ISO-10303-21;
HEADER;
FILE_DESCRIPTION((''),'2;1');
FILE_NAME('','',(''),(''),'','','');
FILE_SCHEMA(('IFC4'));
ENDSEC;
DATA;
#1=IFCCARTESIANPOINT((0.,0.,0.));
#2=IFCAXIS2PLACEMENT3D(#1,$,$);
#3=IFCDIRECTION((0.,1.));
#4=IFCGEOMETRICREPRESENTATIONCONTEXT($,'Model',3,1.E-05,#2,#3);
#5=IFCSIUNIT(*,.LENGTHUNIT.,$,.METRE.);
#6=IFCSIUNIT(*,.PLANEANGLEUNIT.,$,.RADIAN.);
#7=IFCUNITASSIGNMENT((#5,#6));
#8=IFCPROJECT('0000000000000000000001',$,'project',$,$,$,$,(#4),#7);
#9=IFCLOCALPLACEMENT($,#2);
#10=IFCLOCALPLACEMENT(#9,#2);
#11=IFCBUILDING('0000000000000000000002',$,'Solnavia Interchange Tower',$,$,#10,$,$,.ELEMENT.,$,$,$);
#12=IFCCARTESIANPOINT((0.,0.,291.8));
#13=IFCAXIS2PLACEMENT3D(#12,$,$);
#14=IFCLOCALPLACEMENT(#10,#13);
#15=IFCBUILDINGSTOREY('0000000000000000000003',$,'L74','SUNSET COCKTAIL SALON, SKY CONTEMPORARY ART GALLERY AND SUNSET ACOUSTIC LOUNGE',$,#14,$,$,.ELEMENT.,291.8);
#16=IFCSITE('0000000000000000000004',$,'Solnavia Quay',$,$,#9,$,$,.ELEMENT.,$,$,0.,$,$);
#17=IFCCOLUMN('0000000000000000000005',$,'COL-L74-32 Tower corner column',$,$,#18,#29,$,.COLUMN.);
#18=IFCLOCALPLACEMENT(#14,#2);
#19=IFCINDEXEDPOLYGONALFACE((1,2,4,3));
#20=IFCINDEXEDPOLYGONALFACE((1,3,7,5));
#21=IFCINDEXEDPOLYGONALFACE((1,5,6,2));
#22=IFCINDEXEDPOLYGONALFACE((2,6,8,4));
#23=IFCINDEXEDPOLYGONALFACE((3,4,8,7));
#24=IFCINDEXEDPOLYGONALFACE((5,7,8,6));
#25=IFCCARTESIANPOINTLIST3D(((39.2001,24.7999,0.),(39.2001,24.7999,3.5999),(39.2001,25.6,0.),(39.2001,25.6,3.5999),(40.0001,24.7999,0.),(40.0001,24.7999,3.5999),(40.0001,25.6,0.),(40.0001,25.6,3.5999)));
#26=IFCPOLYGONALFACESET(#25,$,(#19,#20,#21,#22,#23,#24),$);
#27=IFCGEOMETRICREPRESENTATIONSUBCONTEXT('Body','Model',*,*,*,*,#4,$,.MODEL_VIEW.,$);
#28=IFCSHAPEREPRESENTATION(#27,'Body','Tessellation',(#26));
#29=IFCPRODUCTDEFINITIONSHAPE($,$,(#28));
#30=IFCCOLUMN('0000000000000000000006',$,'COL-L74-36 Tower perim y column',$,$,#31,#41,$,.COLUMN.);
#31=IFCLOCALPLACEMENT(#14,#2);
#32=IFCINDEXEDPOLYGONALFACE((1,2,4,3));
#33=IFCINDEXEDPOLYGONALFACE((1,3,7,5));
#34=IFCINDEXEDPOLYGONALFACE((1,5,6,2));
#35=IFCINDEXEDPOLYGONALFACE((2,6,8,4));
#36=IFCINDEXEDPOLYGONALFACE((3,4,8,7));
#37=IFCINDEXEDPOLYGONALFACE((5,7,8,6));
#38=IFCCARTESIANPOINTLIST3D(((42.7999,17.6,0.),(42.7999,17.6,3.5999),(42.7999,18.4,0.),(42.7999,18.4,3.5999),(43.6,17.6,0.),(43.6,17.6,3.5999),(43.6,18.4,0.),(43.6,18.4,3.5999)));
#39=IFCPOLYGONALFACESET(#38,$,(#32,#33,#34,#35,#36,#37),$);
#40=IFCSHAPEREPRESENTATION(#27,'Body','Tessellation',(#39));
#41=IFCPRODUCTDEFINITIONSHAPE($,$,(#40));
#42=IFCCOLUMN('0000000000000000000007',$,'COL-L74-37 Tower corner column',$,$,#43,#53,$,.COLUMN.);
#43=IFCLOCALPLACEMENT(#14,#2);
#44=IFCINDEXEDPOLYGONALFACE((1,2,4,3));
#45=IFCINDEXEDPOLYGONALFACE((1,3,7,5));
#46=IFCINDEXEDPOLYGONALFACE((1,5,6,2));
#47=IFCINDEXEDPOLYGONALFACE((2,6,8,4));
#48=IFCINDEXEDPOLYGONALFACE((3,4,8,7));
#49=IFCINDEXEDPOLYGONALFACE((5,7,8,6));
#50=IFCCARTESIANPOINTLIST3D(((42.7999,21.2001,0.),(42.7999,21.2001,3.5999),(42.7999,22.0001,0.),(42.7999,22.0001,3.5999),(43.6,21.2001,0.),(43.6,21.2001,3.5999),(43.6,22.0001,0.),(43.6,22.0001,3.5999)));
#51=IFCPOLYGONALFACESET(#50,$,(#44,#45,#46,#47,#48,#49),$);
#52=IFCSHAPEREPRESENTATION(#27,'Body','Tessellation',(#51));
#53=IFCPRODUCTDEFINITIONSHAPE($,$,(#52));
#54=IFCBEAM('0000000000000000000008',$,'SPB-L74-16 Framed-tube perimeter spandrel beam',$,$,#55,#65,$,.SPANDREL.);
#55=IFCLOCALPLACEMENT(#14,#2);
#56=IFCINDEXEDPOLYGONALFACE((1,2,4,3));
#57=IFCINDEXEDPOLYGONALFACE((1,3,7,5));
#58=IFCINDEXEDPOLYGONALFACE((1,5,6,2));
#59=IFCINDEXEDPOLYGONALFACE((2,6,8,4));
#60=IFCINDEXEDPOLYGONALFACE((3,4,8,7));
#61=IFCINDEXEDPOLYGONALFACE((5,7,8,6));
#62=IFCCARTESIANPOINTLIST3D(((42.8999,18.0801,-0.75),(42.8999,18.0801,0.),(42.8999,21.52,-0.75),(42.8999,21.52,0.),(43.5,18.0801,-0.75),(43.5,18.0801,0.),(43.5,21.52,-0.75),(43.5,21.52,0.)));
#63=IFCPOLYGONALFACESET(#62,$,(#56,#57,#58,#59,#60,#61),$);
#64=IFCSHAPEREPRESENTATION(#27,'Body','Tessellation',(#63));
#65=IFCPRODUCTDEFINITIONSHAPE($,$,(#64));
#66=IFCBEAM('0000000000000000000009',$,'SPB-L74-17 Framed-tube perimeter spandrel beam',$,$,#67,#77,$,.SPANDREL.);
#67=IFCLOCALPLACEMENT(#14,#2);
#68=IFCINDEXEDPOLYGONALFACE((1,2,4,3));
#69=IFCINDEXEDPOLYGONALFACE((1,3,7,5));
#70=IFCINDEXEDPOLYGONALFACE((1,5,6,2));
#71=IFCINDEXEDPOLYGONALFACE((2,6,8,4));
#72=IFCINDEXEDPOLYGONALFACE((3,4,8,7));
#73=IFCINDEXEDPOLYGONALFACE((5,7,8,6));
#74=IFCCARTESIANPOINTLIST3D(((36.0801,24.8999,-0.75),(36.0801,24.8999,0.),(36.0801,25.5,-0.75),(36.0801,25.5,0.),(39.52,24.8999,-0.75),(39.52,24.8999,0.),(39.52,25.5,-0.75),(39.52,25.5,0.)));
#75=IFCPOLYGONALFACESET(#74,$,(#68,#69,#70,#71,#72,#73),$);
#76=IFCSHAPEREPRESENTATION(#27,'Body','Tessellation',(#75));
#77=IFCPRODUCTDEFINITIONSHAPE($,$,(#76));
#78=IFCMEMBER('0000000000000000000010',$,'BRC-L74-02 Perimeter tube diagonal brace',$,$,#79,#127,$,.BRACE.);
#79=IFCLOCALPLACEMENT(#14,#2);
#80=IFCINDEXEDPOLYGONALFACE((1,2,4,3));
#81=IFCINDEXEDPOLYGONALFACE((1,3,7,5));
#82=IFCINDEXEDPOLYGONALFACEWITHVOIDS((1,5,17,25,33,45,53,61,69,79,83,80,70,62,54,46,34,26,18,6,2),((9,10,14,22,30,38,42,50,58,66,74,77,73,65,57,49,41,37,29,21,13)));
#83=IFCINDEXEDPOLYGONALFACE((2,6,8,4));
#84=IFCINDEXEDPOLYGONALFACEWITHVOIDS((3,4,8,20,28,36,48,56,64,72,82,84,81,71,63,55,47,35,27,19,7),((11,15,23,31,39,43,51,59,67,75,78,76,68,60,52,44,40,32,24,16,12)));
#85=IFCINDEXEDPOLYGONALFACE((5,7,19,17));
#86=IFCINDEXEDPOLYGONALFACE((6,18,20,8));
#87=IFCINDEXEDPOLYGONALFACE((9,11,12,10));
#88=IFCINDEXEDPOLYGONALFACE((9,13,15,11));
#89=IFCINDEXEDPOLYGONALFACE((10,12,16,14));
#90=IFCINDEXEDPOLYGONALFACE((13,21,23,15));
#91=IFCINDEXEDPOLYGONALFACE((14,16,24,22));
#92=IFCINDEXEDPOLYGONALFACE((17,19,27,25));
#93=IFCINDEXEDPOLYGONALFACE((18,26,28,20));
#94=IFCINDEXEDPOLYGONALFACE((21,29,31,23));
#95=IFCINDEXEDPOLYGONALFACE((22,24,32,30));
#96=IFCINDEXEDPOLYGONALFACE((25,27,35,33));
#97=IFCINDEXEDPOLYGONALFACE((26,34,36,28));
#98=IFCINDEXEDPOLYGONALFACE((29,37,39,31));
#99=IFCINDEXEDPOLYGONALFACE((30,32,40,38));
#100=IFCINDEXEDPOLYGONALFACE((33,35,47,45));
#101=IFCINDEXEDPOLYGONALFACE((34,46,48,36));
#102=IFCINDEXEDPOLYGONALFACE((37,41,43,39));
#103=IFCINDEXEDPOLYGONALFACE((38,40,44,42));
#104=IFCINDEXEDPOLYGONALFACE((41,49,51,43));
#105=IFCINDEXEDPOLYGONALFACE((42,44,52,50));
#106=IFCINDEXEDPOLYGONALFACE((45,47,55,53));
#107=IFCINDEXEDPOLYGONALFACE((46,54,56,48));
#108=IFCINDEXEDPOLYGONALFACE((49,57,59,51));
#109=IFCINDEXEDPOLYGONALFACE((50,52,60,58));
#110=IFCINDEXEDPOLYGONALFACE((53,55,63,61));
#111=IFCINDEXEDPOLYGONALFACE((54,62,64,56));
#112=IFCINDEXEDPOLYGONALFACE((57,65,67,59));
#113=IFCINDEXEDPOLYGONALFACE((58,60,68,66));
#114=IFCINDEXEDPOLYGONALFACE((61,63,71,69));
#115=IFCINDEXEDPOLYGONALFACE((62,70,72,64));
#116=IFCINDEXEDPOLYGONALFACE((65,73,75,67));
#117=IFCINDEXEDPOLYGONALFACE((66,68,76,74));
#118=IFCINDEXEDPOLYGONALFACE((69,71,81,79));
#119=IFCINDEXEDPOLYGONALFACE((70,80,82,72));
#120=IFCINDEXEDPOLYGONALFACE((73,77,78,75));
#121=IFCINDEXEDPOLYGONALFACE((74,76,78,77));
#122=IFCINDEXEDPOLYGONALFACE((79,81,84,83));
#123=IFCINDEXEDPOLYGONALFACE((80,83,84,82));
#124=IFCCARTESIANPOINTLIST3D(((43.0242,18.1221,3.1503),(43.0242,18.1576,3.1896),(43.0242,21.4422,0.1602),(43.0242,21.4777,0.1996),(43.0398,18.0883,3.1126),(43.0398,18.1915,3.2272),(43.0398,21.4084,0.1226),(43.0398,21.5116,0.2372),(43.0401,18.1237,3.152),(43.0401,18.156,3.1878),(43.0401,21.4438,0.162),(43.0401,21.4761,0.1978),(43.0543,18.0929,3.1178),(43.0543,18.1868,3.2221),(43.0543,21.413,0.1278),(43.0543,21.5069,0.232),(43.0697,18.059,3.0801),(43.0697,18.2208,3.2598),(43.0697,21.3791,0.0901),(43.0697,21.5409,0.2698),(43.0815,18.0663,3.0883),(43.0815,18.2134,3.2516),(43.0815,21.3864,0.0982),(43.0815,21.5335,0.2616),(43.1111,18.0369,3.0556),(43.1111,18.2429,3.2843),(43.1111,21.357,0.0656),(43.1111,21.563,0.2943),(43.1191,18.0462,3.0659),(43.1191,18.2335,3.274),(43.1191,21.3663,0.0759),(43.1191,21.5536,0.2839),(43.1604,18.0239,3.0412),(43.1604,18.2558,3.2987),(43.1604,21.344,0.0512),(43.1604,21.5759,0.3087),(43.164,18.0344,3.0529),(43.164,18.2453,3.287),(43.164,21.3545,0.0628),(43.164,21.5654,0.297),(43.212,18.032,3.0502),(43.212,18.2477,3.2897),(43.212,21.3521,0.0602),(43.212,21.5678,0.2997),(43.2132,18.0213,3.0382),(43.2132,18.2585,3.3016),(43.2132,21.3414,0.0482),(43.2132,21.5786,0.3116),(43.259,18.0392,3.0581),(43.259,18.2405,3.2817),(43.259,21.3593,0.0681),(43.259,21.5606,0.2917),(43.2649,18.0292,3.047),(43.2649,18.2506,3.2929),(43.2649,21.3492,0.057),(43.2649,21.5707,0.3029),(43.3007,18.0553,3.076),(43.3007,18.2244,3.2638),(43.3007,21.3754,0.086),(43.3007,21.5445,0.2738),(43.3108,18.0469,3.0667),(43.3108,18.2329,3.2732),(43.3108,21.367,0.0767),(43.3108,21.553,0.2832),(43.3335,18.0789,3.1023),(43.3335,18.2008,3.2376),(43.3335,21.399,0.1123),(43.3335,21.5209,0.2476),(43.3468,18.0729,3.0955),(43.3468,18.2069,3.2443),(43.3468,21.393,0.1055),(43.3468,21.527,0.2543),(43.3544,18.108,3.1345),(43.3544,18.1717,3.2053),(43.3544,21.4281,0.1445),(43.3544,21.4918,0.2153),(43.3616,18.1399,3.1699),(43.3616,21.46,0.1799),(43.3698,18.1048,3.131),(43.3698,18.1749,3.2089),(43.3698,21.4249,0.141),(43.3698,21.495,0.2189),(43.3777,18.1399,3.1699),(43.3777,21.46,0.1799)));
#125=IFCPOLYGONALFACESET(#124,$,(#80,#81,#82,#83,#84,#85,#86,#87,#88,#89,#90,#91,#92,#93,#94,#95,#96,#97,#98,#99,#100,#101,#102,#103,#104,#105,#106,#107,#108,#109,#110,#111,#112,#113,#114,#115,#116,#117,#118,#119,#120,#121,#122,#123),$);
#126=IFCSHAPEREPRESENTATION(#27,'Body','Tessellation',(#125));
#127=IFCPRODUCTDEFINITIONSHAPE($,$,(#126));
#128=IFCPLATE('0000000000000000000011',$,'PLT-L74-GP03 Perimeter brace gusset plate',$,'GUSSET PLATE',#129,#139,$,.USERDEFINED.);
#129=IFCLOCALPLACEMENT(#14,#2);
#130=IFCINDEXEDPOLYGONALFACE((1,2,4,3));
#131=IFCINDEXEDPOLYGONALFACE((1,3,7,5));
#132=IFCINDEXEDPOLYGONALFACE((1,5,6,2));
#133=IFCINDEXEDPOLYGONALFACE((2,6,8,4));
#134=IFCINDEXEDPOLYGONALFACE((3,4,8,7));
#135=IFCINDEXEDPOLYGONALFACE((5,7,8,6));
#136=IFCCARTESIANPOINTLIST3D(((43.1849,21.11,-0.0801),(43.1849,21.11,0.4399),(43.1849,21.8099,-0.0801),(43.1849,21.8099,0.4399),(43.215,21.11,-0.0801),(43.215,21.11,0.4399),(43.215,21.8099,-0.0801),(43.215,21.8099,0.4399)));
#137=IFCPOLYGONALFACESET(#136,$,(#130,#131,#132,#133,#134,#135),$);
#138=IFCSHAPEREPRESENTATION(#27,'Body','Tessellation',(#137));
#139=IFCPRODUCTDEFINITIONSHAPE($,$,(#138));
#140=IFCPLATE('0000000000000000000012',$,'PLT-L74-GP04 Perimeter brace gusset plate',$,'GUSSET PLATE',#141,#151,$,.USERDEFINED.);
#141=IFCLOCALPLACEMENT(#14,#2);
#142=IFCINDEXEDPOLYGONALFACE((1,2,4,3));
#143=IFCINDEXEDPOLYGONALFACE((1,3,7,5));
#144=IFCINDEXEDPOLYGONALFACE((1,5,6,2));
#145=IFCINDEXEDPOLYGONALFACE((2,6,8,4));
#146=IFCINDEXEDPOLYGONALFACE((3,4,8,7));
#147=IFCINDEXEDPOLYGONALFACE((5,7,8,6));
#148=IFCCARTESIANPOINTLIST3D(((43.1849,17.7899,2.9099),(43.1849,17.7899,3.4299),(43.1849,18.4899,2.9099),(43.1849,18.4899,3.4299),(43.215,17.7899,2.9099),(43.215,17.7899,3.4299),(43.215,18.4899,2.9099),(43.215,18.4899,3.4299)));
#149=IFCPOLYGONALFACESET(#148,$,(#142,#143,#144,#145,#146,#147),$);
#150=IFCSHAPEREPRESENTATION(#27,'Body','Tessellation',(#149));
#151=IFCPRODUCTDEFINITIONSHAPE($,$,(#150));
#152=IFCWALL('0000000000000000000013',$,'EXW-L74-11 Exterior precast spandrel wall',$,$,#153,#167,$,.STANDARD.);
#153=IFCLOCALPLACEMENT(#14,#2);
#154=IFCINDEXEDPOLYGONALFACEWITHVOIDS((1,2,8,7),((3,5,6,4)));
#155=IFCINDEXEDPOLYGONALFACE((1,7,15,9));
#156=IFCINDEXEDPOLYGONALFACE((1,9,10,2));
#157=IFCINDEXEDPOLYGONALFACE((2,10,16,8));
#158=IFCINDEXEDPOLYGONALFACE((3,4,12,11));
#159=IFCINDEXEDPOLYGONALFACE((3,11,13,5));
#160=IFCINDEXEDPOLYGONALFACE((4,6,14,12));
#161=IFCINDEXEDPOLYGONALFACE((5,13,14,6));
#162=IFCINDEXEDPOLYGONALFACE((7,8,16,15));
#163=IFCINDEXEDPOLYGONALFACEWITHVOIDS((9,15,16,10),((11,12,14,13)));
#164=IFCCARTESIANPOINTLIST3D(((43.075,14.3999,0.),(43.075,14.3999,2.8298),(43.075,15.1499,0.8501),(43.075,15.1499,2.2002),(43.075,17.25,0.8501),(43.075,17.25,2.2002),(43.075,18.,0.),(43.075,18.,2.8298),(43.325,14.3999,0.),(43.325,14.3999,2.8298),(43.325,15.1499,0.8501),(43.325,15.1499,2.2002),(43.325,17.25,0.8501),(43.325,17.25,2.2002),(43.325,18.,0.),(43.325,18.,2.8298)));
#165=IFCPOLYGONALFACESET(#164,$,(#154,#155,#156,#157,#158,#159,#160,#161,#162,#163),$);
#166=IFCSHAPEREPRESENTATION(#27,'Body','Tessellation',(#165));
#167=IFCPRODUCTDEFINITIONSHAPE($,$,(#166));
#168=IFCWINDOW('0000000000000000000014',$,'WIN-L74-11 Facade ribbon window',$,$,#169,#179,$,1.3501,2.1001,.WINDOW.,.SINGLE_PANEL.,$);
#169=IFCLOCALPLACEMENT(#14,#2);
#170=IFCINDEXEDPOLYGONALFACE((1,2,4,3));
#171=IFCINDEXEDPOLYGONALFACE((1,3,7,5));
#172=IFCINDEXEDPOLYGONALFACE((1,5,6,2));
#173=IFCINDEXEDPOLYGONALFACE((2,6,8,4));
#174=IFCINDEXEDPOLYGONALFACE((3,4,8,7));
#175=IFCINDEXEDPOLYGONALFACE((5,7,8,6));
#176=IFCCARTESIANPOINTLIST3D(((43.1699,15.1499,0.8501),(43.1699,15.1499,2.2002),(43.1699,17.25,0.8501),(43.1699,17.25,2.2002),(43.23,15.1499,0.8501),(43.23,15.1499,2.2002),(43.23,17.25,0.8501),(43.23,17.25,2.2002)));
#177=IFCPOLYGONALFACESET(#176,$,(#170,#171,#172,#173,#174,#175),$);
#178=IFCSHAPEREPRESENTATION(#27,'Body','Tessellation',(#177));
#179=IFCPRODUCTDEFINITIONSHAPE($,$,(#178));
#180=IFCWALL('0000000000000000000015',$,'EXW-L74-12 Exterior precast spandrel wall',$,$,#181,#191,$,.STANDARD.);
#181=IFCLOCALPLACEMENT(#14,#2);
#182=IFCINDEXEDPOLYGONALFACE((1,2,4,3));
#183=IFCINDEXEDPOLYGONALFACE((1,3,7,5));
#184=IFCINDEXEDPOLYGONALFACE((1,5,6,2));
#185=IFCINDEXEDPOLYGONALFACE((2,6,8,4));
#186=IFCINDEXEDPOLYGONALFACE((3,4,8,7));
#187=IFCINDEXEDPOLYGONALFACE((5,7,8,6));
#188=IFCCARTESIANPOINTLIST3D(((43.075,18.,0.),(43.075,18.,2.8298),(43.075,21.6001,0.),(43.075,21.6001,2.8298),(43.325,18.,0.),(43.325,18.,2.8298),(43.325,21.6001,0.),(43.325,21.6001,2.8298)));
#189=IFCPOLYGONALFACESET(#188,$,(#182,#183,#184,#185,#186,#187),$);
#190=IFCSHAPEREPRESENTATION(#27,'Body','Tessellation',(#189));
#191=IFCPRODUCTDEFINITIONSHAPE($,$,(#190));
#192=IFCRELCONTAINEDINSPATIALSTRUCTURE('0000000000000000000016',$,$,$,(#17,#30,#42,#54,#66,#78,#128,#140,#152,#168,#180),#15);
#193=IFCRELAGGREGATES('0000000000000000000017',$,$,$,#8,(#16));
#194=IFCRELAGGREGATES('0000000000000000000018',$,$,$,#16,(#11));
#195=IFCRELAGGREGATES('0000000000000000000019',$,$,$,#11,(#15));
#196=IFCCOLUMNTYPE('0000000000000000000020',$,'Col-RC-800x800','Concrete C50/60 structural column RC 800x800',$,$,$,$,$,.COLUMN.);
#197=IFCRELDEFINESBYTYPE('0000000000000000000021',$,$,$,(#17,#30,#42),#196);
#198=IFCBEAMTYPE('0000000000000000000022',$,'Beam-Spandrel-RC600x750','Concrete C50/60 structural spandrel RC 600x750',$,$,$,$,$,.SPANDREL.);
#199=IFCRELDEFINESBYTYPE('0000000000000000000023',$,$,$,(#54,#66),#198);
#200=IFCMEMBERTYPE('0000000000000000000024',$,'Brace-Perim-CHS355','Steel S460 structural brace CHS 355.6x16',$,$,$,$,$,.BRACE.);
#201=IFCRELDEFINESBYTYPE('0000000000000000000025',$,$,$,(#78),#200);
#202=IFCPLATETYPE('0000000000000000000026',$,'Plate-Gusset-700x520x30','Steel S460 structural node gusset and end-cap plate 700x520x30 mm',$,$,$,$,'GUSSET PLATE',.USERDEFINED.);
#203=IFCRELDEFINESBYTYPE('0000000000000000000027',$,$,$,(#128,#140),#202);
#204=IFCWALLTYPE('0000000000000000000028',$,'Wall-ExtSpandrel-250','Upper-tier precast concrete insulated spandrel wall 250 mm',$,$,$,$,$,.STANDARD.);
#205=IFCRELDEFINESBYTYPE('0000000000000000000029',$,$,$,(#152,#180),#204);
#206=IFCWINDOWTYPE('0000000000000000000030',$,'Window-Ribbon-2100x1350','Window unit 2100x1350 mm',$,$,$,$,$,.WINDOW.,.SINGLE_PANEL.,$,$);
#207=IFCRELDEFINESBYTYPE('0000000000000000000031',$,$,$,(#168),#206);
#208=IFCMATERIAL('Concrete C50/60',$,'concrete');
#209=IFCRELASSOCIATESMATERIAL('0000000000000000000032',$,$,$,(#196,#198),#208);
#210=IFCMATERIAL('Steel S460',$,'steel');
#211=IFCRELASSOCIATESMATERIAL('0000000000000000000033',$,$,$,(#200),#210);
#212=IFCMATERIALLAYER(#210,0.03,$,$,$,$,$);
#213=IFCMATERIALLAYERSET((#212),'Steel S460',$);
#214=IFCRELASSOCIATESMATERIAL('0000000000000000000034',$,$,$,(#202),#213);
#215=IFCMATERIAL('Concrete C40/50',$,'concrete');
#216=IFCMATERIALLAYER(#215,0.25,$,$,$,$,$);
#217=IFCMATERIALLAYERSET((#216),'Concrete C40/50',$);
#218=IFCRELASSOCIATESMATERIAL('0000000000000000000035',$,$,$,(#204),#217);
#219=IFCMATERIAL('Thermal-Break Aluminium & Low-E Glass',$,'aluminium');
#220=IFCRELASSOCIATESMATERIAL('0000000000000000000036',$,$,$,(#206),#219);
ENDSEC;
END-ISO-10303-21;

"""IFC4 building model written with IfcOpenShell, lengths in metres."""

from ifc_helpers import new_model, si_unit, direction, frame, frame_2d, origin, origin_2d, place, context, subcontext, project, spatial, rectangle, hollow_circle, extrude, material, layer, layer_set, material_profile, profile_set, type_object, element, fill, save


model = new_model("IFC4")

# Units and contexts
model_context = context("Model", 3, precision=1e-05, world=origin(), true_north=direction((0.0, 1.0)))
body_context = subcontext(model_context, "Body", "Model", "MODEL_VIEW")
ifc_project = project(units=[si_unit("LENGTHUNIT", "METRE"), si_unit("PLANEANGLEUNIT", "RADIAN")], contexts=[model_context])

# Site, building, storey
site_placement = place(None, origin())
site = spatial("IfcSite", under=ifc_project, at=site_placement, Name="Solnavia Quay", CompositionType="ELEMENT", RefElevation=0.0)
building_placement = place(site_placement, origin())
building = spatial("IfcBuilding", under=site, at=building_placement, Name="Solnavia Interchange Tower", CompositionType="ELEMENT")
storey_placement = place(building_placement, frame((0.0, 0.0, 291.8)))
storey = spatial("IfcBuildingStorey", under=building, at=storey_placement, Name="L74", Description="SUNSET COCKTAIL SALON, SKY CONTEMPORARY ART GALLERY AND SUNSET ACOUSTIC LOUNGE", CompositionType="ELEMENT", Elevation=291.8)

# Columns
ifc_material_1 = material(Name="Concrete C50/60", Category="concrete")
ifc_material_profile_1 = material_profile(ifc_material_1, rectangle(XDim=0.8, YDim=0.8, at=origin_2d()), Name="RC 800x800")
ifc_profile_set_1 = profile_set([ifc_material_profile_1], Name="Concrete C50/60")
column_type = type_object("IfcColumnType", Name="Col-RC-800x800", Description="Concrete C50/60 structural column RC 800x800", PredefinedType="COLUMN", material=ifc_profile_set_1)
for number, where, z_axis, x_axis, name in (
    (1, (39.6001, 25.2, 0.0), (0.0, 0.0, 1.0), (1.0, 0.0, 0.0), "COL-L74-32 Tower corner column"),
    (2, (43.2, 18.0, 0.0), (0.0, 0.0, 1.0), (0.0, 1.0, 0.0), "COL-L74-36 Tower perim y column"),
    (3, (43.2, 21.6001, 0.0), (0.0, 0.0, 1.0), (0.0, 1.0, 0.0), "COL-L74-37 Tower corner column"),
):
    element("IfcColumn", number, at=place(storey_placement, frame(where, z_axis=z_axis, x_axis=x_axis)), inside=storey, type_object=column_type, Name=name, PredefinedType="COLUMN", context=body_context, shape_type="SweptSolid", body=[
        extrude(rectangle(XDim=0.8, YDim=0.8, at=origin_2d()), origin(), (0.0, 0.0, 1.0), 3.5999),
    ])

# Beams
ifc_material_profile_2 = material_profile(ifc_material_1, rectangle(XDim=0.6001, YDim=0.75, at=origin_2d()), Name="RC 600x750")
ifc_profile_set_2 = profile_set([ifc_material_profile_2], Name="Concrete C50/60")
beam_type = type_object("IfcBeamType", Name="Beam-Spandrel-RC600x750", Description="Concrete C50/60 structural spandrel RC 600x750", PredefinedType="SPANDREL", material=ifc_profile_set_2)
for number, where, z_axis, x_axis, name in (
    (4, (43.2, 18.0801, -0.375), (0.0, 1.0, 0.0), (-1.0, 0.0, 0.0), "SPB-L74-16 Framed-tube perimeter spandrel beam"),
    (5, (39.52, 25.2, -0.375), (-1.0, 0.0, 0.0), (0.0, -1.0, 0.0), "SPB-L74-17 Framed-tube perimeter spandrel beam"),
):
    element("IfcBeam", number, at=place(storey_placement, frame(where, z_axis=z_axis, x_axis=x_axis)), inside=storey, type_object=beam_type, Name=name, PredefinedType="SPANDREL", context=body_context, shape_type="SweptSolid", body=[
        extrude(rectangle(XDim=0.6001, YDim=0.75, at=origin_2d()), origin(), (0.0, 0.0, 1.0), 3.4399),
    ])

# Member
ifc_material_2 = material(Name="Steel S460", Category="steel")
ifc_material_profile_3 = material_profile(ifc_material_2, hollow_circle(Radius=0.1777, WallThickness=0.0161, at=origin_2d()), Name="CHS 355.6x16")
ifc_profile_set_3 = profile_set([ifc_material_profile_3], Name="Steel S460")
member_type = type_object("IfcMemberType", Name="Brace-Perim-CHS355", Description="Steel S460 structural brace CHS 355.6x16", PredefinedType="BRACE", material=ifc_profile_set_3)
member_placement = place(storey_placement, frame((43.2, 21.46, 0.1799), z_axis=(0.0, -0.743079, 0.669203), x_axis=(1.0, 0.0, 0.0)))
element("IfcMember", 6, at=member_placement, inside=storey, type_object=member_type, Name="BRC-L74-02 Perimeter tube diagonal brace", PredefinedType="BRACE", context=body_context, shape_type="SweptSolid", body=[
    extrude(hollow_circle(Radius=0.1777, WallThickness=0.0161, at=origin_2d()), origin(), (0.0, 0.0, 1.0), 4.468),
])

# Plates
ifc_layer_1 = layer(ifc_material_2, 0.03)
ifc_layer_set_1 = layer_set([ifc_layer_1], Name="Steel S460")
plate_type = type_object("IfcPlateType", Name="Plate-Gusset-700x520x30", Description="Steel S460 structural node gusset and end-cap plate 700x520x30 mm", ElementType="GUSSET PLATE", PredefinedType="USERDEFINED", material=ifc_layer_set_1)
for number, where, z_axis, x_axis, name in (
    (7, (43.2, 21.46, -0.0801), (0.0, 0.0, 1.0), (0.0, -1.0, 0.0), "PLT-L74-GP03 Perimeter brace gusset plate"),
    (8, (43.2, 18.1399, 2.9099), (0.0, 0.0, 1.0), (0.0, -1.0, 0.0), "PLT-L74-GP04 Perimeter brace gusset plate"),
):
    element("IfcPlate", number, at=place(storey_placement, frame(where, z_axis=z_axis, x_axis=x_axis)), inside=storey, type_object=plate_type, Name=name, ObjectType="GUSSET PLATE", PredefinedType="USERDEFINED", context=body_context, shape_type="SweptSolid", body=[
        extrude(rectangle(XDim=0.7, YDim=0.03, at=origin_2d()), origin(), (0.0, 0.0, 1.0), 0.52),
    ])

# Wall, opening, window
ifc_material_3 = material(Name="Concrete C40/50", Category="concrete")
ifc_layer_2 = layer(ifc_material_3, 0.25)
ifc_layer_set_2 = layer_set([ifc_layer_2], Name="Concrete C40/50")
wall_type_1 = type_object("IfcWallType", Name="Wall-ExtSpandrel-250", Description="Upper-tier precast concrete insulated spandrel wall 250 mm", PredefinedType="STANDARD", material=ifc_layer_set_2)
wall_1_placement = place(storey_placement, frame((43.2, 18.0, 0.0), z_axis=(0.0, 0.0, 1.0), x_axis=(0.0, -1.0, 0.0)))
wall_1 = element("IfcWall", 9, at=wall_1_placement, inside=storey, type_object=wall_type_1, Name="EXW-L74-11 Exterior precast spandrel wall", PredefinedType="STANDARD", context=body_context, shape_type="SweptSolid", body=[
    extrude(rectangle(XDim=3.6001, YDim=0.25, at=frame_2d((1.8, 0.0))), origin(), (0.0, 0.0, 1.0), 2.8298),
])
opening_1_placement = place(wall_1_placement, frame((0.75, 0.0, 0.8501)))
opening_1 = element("IfcOpeningElement", 10, at=opening_1_placement, cuts=wall_1, PredefinedType="OPENING", context=body_context, shape_type="SweptSolid", body=[
    extrude(rectangle(XDim=2.1001, YDim=1.3501, at=frame_2d((1.05, 0.675))), frame((0.0, 0.135, 0.0), z_axis=(0.0, -1.0, 0.0), x_axis=(1.0, 0.0, 0.0)), (0.0, 0.0, 1.0), 0.27),
])
ifc_material_4 = material(Name="Thermal-Break Aluminium & Low-E Glass", Category="aluminium")
window_type = type_object("IfcWindowType", Name="Window-Ribbon-2100x1350", Description="Window unit 2100x1350 mm", PartitioningType="SINGLE_PANEL", PredefinedType="WINDOW", material=ifc_material_4)
window_placement = place(opening_1_placement, origin())
window = element("IfcWindow", 11, at=window_placement, inside=storey, type_object=window_type, Name="WIN-L74-11 Facade ribbon window", OverallHeight=1.3501, OverallWidth=2.1001, PartitioningType="SINGLE_PANEL", PredefinedType="WINDOW", context=body_context, shape_type="SweptSolid", body=[
    extrude(rectangle(XDim=2.1001, YDim=1.3501, at=frame_2d((1.05, 0.675))), frame((0.0, 0.03, 0.0), z_axis=(0.0, -1.0, 0.0), x_axis=(1.0, 0.0, 0.0)), (0.0, 0.0, 1.0), 0.0601),
])
fill(opening_1, window)

# Wall
wall_2_placement = place(storey_placement, frame((43.2, 21.6001, 0.0), z_axis=(0.0, 0.0, 1.0), x_axis=(0.0, -1.0, 0.0)))
element("IfcWall", 12, at=wall_2_placement, inside=storey, type_object=wall_type_1, Name="EXW-L74-12 Exterior precast spandrel wall", PredefinedType="STANDARD", context=body_context, shape_type="SweptSolid", body=[
    extrude(rectangle(XDim=3.6001, YDim=0.25, at=frame_2d((1.8, 0.0))), origin(), (0.0, 0.0, 1.0), 2.8298),
])

save(model, "model.ifc")
